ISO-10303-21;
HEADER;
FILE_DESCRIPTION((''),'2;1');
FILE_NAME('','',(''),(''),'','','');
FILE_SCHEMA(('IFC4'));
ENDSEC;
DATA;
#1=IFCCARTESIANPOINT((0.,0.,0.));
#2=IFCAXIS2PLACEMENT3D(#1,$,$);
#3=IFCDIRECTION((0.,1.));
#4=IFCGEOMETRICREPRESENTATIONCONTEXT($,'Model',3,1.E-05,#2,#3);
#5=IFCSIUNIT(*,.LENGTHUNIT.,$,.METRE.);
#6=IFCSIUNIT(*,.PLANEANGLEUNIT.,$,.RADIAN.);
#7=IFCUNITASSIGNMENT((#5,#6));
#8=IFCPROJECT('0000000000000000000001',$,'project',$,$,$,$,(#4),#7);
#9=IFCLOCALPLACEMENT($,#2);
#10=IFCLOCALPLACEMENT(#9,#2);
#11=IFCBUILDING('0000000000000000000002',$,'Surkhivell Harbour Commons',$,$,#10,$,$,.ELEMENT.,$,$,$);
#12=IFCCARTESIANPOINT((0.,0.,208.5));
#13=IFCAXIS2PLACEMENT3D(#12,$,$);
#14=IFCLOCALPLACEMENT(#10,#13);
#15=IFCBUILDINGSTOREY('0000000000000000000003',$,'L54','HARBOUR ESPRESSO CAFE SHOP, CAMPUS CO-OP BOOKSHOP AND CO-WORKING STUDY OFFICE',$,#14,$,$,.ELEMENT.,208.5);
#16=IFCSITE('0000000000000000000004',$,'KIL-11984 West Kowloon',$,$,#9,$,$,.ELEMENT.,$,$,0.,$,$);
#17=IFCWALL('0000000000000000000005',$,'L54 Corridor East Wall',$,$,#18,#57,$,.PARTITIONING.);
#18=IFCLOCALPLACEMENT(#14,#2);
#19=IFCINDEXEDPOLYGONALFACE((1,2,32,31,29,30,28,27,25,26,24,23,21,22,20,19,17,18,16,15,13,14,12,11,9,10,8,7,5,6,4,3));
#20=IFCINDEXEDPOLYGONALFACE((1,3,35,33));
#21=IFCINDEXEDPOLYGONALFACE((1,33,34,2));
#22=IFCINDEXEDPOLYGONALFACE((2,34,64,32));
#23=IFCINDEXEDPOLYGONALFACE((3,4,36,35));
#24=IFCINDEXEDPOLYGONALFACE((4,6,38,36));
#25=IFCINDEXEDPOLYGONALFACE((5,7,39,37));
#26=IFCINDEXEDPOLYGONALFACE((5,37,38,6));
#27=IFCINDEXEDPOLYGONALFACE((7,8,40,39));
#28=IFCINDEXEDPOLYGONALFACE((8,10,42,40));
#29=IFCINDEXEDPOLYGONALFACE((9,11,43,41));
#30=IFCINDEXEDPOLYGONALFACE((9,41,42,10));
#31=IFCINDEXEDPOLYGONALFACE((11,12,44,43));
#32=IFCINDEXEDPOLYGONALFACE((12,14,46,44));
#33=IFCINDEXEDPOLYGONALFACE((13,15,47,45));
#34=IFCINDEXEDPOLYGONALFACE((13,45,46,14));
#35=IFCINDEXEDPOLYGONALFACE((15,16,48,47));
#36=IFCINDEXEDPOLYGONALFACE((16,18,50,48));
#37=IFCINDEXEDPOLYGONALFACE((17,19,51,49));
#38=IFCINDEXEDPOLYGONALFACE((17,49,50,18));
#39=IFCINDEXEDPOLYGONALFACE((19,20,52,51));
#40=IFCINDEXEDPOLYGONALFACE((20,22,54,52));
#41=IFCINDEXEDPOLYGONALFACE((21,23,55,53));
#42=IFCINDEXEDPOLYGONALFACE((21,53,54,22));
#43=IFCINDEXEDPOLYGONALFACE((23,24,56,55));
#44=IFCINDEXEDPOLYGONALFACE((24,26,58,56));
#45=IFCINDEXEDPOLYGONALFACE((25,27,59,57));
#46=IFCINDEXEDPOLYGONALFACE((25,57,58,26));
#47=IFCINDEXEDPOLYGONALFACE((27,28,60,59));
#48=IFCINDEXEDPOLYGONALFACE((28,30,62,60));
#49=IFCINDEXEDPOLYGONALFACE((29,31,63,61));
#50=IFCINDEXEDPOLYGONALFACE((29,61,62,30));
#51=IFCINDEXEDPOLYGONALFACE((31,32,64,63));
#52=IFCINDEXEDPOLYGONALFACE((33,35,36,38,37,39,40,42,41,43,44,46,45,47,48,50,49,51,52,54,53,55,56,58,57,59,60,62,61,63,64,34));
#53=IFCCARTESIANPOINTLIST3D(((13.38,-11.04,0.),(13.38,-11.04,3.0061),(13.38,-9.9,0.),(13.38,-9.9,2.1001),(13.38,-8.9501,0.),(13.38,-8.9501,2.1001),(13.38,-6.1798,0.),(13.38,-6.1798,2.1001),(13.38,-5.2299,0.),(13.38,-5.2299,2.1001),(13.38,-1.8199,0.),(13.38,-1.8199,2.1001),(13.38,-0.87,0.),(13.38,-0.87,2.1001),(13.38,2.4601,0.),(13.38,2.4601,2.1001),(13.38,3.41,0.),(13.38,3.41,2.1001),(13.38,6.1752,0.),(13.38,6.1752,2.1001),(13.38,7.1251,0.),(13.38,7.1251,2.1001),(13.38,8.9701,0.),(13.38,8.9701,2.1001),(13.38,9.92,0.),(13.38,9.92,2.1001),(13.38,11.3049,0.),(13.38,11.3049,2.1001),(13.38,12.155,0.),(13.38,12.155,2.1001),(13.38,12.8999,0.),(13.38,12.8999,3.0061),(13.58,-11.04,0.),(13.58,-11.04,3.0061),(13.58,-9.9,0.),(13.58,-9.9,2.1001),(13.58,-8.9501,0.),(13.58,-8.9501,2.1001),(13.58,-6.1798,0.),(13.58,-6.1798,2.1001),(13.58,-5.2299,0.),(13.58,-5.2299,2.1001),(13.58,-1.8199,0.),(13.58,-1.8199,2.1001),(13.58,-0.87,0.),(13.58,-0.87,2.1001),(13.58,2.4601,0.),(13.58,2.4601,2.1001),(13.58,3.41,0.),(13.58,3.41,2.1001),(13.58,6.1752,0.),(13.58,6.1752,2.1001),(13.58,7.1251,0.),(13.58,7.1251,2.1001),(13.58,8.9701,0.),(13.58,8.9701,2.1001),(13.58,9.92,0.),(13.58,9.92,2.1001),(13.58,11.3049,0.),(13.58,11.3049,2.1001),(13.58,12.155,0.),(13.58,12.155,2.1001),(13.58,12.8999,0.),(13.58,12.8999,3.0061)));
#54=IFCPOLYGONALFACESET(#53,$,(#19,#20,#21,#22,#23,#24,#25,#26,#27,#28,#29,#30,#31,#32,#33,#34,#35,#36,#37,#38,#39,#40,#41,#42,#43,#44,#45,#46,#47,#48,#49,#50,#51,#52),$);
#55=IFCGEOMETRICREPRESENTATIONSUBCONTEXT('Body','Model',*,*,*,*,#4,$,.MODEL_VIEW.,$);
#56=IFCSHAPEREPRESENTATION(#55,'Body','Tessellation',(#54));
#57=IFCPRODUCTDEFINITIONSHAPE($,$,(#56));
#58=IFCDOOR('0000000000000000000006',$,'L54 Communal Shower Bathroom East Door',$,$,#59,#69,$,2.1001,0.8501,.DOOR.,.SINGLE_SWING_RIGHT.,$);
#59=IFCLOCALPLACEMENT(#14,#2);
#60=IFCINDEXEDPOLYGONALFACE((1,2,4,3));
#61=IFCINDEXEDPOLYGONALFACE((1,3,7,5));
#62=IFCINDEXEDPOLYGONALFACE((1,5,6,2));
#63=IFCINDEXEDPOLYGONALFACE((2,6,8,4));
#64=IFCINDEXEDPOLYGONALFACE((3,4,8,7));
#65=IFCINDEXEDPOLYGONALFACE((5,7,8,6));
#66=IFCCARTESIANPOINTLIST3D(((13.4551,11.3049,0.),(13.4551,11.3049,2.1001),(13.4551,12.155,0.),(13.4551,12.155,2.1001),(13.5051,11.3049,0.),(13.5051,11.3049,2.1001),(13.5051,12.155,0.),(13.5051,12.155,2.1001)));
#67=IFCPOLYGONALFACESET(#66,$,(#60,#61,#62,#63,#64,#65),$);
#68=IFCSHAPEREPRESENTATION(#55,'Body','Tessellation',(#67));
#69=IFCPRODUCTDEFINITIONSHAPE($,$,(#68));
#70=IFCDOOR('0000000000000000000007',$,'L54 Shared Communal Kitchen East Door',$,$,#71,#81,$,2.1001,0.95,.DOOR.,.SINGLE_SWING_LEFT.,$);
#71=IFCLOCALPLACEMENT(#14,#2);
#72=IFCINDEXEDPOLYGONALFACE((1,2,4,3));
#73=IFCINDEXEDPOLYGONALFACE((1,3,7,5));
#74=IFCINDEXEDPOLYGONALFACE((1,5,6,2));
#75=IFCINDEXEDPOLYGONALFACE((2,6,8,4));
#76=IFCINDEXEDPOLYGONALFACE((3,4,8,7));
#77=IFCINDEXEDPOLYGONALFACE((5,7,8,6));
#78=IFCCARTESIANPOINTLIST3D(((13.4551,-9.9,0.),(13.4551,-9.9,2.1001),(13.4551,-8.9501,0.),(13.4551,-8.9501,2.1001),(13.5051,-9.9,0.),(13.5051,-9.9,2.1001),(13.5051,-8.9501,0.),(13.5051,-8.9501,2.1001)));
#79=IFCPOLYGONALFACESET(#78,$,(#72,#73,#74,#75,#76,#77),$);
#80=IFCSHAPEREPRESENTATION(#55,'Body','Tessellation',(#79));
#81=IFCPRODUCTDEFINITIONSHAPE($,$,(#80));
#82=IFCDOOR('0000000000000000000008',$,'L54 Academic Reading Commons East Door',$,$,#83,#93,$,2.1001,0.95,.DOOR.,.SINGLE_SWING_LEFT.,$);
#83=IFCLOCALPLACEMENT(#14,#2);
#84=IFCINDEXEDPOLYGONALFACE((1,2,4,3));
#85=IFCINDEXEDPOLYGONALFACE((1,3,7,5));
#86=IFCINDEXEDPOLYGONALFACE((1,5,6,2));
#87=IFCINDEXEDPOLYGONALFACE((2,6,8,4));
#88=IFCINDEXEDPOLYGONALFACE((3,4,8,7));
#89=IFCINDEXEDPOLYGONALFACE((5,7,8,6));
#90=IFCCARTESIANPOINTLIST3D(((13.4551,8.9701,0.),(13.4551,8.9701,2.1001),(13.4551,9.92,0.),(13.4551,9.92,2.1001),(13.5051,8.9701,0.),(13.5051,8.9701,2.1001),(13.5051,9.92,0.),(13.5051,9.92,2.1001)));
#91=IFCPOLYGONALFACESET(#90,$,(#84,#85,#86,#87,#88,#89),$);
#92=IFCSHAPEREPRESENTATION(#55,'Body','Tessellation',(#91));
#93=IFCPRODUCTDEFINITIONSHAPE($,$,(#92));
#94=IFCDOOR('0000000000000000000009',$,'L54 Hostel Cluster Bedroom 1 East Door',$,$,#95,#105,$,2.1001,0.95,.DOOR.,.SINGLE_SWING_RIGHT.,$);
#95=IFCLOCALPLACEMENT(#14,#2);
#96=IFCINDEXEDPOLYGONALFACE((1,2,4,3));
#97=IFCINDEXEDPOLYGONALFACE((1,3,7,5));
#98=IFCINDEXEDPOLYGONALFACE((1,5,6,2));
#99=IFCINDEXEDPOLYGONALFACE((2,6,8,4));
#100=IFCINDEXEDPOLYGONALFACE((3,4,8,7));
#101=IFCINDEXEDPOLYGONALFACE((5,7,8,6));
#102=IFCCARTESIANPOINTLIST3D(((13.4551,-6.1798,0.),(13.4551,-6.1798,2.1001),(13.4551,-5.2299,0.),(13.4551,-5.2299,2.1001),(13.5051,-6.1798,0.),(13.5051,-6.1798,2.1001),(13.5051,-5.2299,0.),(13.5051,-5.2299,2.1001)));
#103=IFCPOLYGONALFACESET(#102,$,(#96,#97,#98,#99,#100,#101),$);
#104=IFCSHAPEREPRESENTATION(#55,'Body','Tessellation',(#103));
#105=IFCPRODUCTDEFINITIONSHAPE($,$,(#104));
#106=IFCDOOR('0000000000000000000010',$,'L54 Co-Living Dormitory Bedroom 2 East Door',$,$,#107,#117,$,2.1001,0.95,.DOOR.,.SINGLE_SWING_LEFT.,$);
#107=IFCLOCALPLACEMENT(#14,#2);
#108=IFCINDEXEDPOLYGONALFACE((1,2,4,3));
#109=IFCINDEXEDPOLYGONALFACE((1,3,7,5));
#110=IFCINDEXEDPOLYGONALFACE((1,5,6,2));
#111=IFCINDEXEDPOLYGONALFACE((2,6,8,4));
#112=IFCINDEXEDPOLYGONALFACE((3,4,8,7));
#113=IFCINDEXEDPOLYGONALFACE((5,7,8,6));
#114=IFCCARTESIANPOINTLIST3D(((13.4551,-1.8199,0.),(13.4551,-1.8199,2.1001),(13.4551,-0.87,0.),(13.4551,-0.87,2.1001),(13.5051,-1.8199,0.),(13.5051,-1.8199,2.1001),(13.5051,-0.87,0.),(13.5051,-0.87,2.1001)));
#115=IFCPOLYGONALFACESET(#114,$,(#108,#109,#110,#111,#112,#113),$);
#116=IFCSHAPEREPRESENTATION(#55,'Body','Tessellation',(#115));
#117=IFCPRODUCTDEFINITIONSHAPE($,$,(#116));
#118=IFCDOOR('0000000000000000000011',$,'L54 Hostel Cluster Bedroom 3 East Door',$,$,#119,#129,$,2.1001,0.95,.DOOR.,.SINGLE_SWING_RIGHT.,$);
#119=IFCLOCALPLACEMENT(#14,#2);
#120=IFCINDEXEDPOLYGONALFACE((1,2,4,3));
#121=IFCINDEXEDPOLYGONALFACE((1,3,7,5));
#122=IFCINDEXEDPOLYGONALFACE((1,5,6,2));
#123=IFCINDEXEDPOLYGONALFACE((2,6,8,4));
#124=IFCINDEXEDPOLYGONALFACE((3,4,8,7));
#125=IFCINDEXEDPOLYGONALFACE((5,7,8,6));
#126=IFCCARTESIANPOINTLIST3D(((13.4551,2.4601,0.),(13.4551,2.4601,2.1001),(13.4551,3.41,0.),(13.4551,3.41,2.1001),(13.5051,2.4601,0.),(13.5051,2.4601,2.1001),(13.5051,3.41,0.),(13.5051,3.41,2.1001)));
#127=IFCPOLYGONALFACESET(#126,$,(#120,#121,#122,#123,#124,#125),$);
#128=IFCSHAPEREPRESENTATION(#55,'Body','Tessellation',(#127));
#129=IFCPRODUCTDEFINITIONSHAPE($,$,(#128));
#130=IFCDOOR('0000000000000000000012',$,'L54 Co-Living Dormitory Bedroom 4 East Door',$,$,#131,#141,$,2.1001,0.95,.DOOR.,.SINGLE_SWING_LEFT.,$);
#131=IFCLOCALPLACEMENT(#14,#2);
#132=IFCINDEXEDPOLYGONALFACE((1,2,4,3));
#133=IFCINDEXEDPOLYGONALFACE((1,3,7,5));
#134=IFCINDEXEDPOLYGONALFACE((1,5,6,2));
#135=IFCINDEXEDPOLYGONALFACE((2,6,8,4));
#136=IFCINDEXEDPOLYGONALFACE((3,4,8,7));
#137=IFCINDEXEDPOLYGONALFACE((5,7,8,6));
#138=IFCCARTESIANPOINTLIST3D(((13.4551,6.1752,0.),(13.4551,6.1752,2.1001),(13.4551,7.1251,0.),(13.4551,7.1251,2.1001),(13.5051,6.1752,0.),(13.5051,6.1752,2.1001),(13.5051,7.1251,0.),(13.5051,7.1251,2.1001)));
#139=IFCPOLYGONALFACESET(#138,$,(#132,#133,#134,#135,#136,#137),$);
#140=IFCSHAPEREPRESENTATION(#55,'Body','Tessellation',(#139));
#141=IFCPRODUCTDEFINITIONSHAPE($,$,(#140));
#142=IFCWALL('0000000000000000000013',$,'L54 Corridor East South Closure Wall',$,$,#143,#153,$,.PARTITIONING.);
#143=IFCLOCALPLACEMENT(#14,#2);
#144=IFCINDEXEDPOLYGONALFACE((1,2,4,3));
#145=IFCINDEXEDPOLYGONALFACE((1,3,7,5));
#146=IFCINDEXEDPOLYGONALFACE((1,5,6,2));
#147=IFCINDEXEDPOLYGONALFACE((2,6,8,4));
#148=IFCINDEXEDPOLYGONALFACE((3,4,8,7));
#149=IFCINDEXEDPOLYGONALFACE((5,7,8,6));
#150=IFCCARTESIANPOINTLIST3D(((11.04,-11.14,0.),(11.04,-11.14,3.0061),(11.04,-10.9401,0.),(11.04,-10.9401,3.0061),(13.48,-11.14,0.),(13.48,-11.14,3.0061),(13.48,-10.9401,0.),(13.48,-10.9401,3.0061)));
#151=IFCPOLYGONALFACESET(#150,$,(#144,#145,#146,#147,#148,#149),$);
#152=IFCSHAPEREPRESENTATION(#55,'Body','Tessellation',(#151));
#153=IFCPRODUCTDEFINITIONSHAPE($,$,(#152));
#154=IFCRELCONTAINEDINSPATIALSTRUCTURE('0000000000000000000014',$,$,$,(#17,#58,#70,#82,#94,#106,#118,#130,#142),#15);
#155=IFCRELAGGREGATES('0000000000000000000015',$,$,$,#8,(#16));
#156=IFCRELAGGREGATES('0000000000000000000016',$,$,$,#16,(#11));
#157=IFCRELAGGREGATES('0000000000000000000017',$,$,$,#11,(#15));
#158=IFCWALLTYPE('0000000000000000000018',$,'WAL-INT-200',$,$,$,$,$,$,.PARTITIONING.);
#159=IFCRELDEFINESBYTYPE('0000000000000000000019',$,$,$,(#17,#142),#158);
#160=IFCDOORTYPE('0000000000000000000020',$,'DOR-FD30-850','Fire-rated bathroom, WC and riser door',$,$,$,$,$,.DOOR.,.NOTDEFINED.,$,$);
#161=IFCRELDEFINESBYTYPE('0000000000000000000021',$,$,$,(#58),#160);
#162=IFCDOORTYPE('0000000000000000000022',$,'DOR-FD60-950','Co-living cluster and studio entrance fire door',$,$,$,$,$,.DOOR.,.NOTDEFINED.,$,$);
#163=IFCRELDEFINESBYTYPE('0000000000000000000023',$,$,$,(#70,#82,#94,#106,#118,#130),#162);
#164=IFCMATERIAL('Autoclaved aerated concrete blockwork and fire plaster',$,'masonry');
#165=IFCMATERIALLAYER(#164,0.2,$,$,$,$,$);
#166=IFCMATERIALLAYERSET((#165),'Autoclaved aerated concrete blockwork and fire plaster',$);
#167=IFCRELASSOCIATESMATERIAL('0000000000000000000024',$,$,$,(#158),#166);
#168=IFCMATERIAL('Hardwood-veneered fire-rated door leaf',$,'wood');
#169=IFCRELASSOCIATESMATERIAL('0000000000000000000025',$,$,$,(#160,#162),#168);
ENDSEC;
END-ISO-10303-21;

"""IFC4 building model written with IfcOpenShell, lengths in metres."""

from ifc_helpers import new_model, si_unit, direction, frame, frame_2d, origin, place, context, subcontext, project, spatial, rectangle, extrude, material, layer, layer_set, type_object, element, fill, save


model = new_model("IFC4")

# Units and contexts
model_context = context("Model", 3, precision=1e-05, world=origin(), true_north=direction((0.0, 1.0)))
body_context = subcontext(model_context, "Body", "Model", "MODEL_VIEW")
ifc_project = project(units=[si_unit("LENGTHUNIT", "METRE"), si_unit("PLANEANGLEUNIT", "RADIAN")], contexts=[model_context])

# Site, building, storey
site_placement = place(None, origin())
site = spatial("IfcSite", under=ifc_project, at=site_placement, Name="KIL-11984 West Kowloon", CompositionType="ELEMENT", RefElevation=0.0)
building_placement = place(site_placement, origin())
building = spatial("IfcBuilding", under=site, at=building_placement, Name="Surkhivell Harbour Commons", CompositionType="ELEMENT")
storey_placement = place(building_placement, frame((0.0, 0.0, 208.5)))
storey = spatial("IfcBuildingStorey", under=building, at=storey_placement, Name="L54", Description="HARBOUR ESPRESSO CAFE SHOP, CAMPUS CO-OP BOOKSHOP AND CO-WORKING STUDY OFFICE", CompositionType="ELEMENT", Elevation=208.5)

# Wall, openings, doors
ifc_material_1 = material(Name="Autoclaved aerated concrete blockwork and fire plaster", Category="masonry")
ifc_layer_1 = layer(ifc_material_1, 0.2)
ifc_layer_set_1 = layer_set([ifc_layer_1], Name="Autoclaved aerated concrete blockwork and fire plaster")
wall_type_1 = type_object("IfcWallType", Name="WAL-INT-200", PredefinedType="PARTITIONING", material=ifc_layer_set_1)
wall_1_placement = place(storey_placement, frame((13.48, -11.04, 0.0), z_axis=(0.0, 0.0, 1.0), x_axis=(0.0, 1.0, 0.0)))
wall_1 = element("IfcWall", 1, at=wall_1_placement, inside=storey, type_object=wall_type_1, Name="L54 Corridor East Wall", PredefinedType="PARTITIONING", context=body_context, shape_type="SweptSolid", body=[
    extrude(rectangle(XDim=23.9399, YDim=0.2, at=frame_2d((11.97, 0.0))), origin(), (0.0, 0.0, 1.0), 3.0061),
])
opening_1_placement = place(wall_1_placement, frame((1.1399, 0.0, 0.0)))
opening_1 = element("IfcOpeningElement", 2, at=opening_1_placement, cuts=wall_1, PredefinedType="OPENING", context=body_context, shape_type="SweptSolid", body=[
    extrude(rectangle(XDim=0.95, YDim=2.1001, at=frame_2d((0.4751, 1.05))), frame((0.0, 0.1099, 0.0), z_axis=(0.0, -1.0, 0.0), x_axis=(1.0, 0.0, 0.0)), (0.0, 0.0, 1.0), 0.22),
])
opening_2_placement = place(wall_1_placement, frame((22.345, 0.0, 0.0)))
opening_2 = element("IfcOpeningElement", 3, at=opening_2_placement, cuts=wall_1, PredefinedType="OPENING", context=body_context, shape_type="SweptSolid", body=[
    extrude(rectangle(XDim=0.8501, YDim=2.1001, at=frame_2d((0.425, 1.05))), frame((0.0, 0.1099, 0.0), z_axis=(0.0, -1.0, 0.0), x_axis=(1.0, 0.0, 0.0)), (0.0, 0.0, 1.0), 0.22),
])
opening_3_placement = place(wall_1_placement, frame((20.01, 0.0, 0.0)))
opening_3 = element("IfcOpeningElement", 4, at=opening_3_placement, cuts=wall_1, PredefinedType="OPENING", context=body_context, shape_type="SweptSolid", body=[
    extrude(rectangle(XDim=0.95, YDim=2.1001, at=frame_2d((0.4751, 1.05))), frame((0.0, 0.1099, 0.0), z_axis=(0.0, -1.0, 0.0), x_axis=(1.0, 0.0, 0.0)), (0.0, 0.0, 1.0), 0.22),
])
opening_4_placement = place(wall_1_placement, frame((4.8601, 0.0, 0.0)))
opening_4 = element("IfcOpeningElement", 5, at=opening_4_placement, cuts=wall_1, PredefinedType="OPENING", context=body_context, shape_type="SweptSolid", body=[
    extrude(rectangle(XDim=0.95, YDim=2.1001, at=frame_2d((0.4751, 1.05))), frame((0.0, 0.1099, 0.0), z_axis=(0.0, -1.0, 0.0), x_axis=(1.0, 0.0, 0.0)), (0.0, 0.0, 1.0), 0.22),
])
opening_5_placement = place(wall_1_placement, frame((9.22, 0.0, 0.0)))
opening_5 = element("IfcOpeningElement", 6, at=opening_5_placement, cuts=wall_1, PredefinedType="OPENING", context=body_context, shape_type="SweptSolid", body=[
    extrude(rectangle(XDim=0.95, YDim=2.1001, at=frame_2d((0.4751, 1.05))), frame((0.0, 0.1099, 0.0), z_axis=(0.0, -1.0, 0.0), x_axis=(1.0, 0.0, 0.0)), (0.0, 0.0, 1.0), 0.22),
])
opening_6_placement = place(wall_1_placement, frame((13.5, 0.0, 0.0)))
opening_6 = element("IfcOpeningElement", 7, at=opening_6_placement, cuts=wall_1, PredefinedType="OPENING", context=body_context, shape_type="SweptSolid", body=[
    extrude(rectangle(XDim=0.95, YDim=2.1001, at=frame_2d((0.4751, 1.05))), frame((0.0, 0.1099, 0.0), z_axis=(0.0, -1.0, 0.0), x_axis=(1.0, 0.0, 0.0)), (0.0, 0.0, 1.0), 0.22),
])
opening_7_placement = place(wall_1_placement, frame((17.2151, 0.0, 0.0)))
opening_7 = element("IfcOpeningElement", 8, at=opening_7_placement, cuts=wall_1, PredefinedType="OPENING", context=body_context, shape_type="SweptSolid", body=[
    extrude(rectangle(XDim=0.95, YDim=2.1001, at=frame_2d((0.4751, 1.05))), frame((0.0, 0.1099, 0.0), z_axis=(0.0, -1.0, 0.0), x_axis=(1.0, 0.0, 0.0)), (0.0, 0.0, 1.0), 0.22),
])
ifc_material_2 = material(Name="Hardwood-veneered fire-rated door leaf", Category="wood")
door_type_1 = type_object("IfcDoorType", Name="DOR-FD30-850", Description="Fire-rated bathroom, WC and riser door", OperationType="NOTDEFINED", PredefinedType="DOOR", material=ifc_material_2)
door_1_placement = place(opening_2_placement, origin())
door_1 = element("IfcDoor", 9, at=door_1_placement, inside=storey, type_object=door_type_1, Name="L54 Communal Shower Bathroom East Door", OperationType="SINGLE_SWING_RIGHT", OverallHeight=2.1001, OverallWidth=0.8501, PredefinedType="DOOR", context=body_context, shape_type="SweptSolid", body=[
    extrude(rectangle(XDim=0.8501, YDim=2.1001, at=frame_2d((0.425, 1.05))), frame((0.0, 0.0249, 0.0), z_axis=(0.0, -1.0, 0.0), x_axis=(1.0, 0.0, 0.0)), (0.0, 0.0, 1.0), 0.05),
])
fill(opening_2, door_1)
door_type_2 = type_object("IfcDoorType", Name="DOR-FD60-950", Description="Co-living cluster and studio entrance fire door", OperationType="NOTDEFINED", PredefinedType="DOOR", material=ifc_material_2)
door_2_placement = place(opening_1_placement, origin())
door_2 = element("IfcDoor", 10, at=door_2_placement, inside=storey, type_object=door_type_2, Name="L54 Shared Communal Kitchen East Door", OperationType="SINGLE_SWING_LEFT", OverallHeight=2.1001, OverallWidth=0.95, PredefinedType="DOOR", context=body_context, shape_type="SweptSolid", body=[
    extrude(rectangle(XDim=0.95, YDim=2.1001, at=frame_2d((0.4751, 1.05))), frame((0.0, 0.0249, 0.0), z_axis=(0.0, -1.0, 0.0), x_axis=(1.0, 0.0, 0.0)), (0.0, 0.0, 1.0), 0.05),
])
fill(opening_1, door_2)
door_3_placement = place(opening_3_placement, origin())
door_3 = element("IfcDoor", 11, at=door_3_placement, inside=storey, type_object=door_type_2, Name="L54 Academic Reading Commons East Door", OperationType="SINGLE_SWING_LEFT", OverallHeight=2.1001, OverallWidth=0.95, PredefinedType="DOOR", context=body_context, shape_type="SweptSolid", body=[
    extrude(rectangle(XDim=0.95, YDim=2.1001, at=frame_2d((0.4751, 1.05))), frame((0.0, 0.0249, 0.0), z_axis=(0.0, -1.0, 0.0), x_axis=(1.0, 0.0, 0.0)), (0.0, 0.0, 1.0), 0.05),
])
fill(opening_3, door_3)
door_4_placement = place(opening_4_placement, origin())
door_4 = element("IfcDoor", 12, at=door_4_placement, inside=storey, type_object=door_type_2, Name="L54 Hostel Cluster Bedroom 1 East Door", OperationType="SINGLE_SWING_RIGHT", OverallHeight=2.1001, OverallWidth=0.95, PredefinedType="DOOR", context=body_context, shape_type="SweptSolid", body=[
    extrude(rectangle(XDim=0.95, YDim=2.1001, at=frame_2d((0.4751, 1.05))), frame((0.0, 0.0249, 0.0), z_axis=(0.0, -1.0, 0.0), x_axis=(1.0, 0.0, 0.0)), (0.0, 0.0, 1.0), 0.05),
])
fill(opening_4, door_4)
door_5_placement = place(opening_5_placement, origin())
door_5 = element("IfcDoor", 13, at=door_5_placement, inside=storey, type_object=door_type_2, Name="L54 Co-Living Dormitory Bedroom 2 East Door", OperationType="SINGLE_SWING_LEFT", OverallHeight=2.1001, OverallWidth=0.95, PredefinedType="DOOR", context=body_context, shape_type="SweptSolid", body=[
    extrude(rectangle(XDim=0.95, YDim=2.1001, at=frame_2d((0.4751, 1.05))), frame((0.0, 0.0249, 0.0), z_axis=(0.0, -1.0, 0.0), x_axis=(1.0, 0.0, 0.0)), (0.0, 0.0, 1.0), 0.05),
])
fill(opening_5, door_5)
door_6_placement = place(opening_6_placement, origin())
door_6 = element("IfcDoor", 14, at=door_6_placement, inside=storey, type_object=door_type_2, Name="L54 Hostel Cluster Bedroom 3 East Door", OperationType="SINGLE_SWING_RIGHT", OverallHeight=2.1001, OverallWidth=0.95, PredefinedType="DOOR", context=body_context, shape_type="SweptSolid", body=[
    extrude(rectangle(XDim=0.95, YDim=2.1001, at=frame_2d((0.4751, 1.05))), frame((0.0, 0.0249, 0.0), z_axis=(0.0, -1.0, 0.0), x_axis=(1.0, 0.0, 0.0)), (0.0, 0.0, 1.0), 0.05),
])
fill(opening_6, door_6)
door_7_placement = place(opening_7_placement, origin())
door_7 = element("IfcDoor", 15, at=door_7_placement, inside=storey, type_object=door_type_2, Name="L54 Co-Living Dormitory Bedroom 4 East Door", OperationType="SINGLE_SWING_LEFT", OverallHeight=2.1001, OverallWidth=0.95, PredefinedType="DOOR", context=body_context, shape_type="SweptSolid", body=[
    extrude(rectangle(XDim=0.95, YDim=2.1001, at=frame_2d((0.4751, 1.05))), frame((0.0, 0.0249, 0.0), z_axis=(0.0, -1.0, 0.0), x_axis=(1.0, 0.0, 0.0)), (0.0, 0.0, 1.0), 0.05),
])
fill(opening_7, door_7)

# Wall
wall_2_placement = place(storey_placement, frame((11.04, -11.04, 0.0), z_axis=(0.0, 0.0, 1.0), x_axis=(1.0, 0.0, 0.0)))
element("IfcWall", 16, at=wall_2_placement, inside=storey, type_object=wall_type_1, Name="L54 Corridor East South Closure Wall", PredefinedType="PARTITIONING", context=body_context, shape_type="SweptSolid", body=[
    extrude(rectangle(XDim=2.4399, YDim=0.2, at=frame_2d((1.22, 0.0))), origin(), (0.0, 0.0, 1.0), 3.0061),
])

save(model, "model.ifc")
